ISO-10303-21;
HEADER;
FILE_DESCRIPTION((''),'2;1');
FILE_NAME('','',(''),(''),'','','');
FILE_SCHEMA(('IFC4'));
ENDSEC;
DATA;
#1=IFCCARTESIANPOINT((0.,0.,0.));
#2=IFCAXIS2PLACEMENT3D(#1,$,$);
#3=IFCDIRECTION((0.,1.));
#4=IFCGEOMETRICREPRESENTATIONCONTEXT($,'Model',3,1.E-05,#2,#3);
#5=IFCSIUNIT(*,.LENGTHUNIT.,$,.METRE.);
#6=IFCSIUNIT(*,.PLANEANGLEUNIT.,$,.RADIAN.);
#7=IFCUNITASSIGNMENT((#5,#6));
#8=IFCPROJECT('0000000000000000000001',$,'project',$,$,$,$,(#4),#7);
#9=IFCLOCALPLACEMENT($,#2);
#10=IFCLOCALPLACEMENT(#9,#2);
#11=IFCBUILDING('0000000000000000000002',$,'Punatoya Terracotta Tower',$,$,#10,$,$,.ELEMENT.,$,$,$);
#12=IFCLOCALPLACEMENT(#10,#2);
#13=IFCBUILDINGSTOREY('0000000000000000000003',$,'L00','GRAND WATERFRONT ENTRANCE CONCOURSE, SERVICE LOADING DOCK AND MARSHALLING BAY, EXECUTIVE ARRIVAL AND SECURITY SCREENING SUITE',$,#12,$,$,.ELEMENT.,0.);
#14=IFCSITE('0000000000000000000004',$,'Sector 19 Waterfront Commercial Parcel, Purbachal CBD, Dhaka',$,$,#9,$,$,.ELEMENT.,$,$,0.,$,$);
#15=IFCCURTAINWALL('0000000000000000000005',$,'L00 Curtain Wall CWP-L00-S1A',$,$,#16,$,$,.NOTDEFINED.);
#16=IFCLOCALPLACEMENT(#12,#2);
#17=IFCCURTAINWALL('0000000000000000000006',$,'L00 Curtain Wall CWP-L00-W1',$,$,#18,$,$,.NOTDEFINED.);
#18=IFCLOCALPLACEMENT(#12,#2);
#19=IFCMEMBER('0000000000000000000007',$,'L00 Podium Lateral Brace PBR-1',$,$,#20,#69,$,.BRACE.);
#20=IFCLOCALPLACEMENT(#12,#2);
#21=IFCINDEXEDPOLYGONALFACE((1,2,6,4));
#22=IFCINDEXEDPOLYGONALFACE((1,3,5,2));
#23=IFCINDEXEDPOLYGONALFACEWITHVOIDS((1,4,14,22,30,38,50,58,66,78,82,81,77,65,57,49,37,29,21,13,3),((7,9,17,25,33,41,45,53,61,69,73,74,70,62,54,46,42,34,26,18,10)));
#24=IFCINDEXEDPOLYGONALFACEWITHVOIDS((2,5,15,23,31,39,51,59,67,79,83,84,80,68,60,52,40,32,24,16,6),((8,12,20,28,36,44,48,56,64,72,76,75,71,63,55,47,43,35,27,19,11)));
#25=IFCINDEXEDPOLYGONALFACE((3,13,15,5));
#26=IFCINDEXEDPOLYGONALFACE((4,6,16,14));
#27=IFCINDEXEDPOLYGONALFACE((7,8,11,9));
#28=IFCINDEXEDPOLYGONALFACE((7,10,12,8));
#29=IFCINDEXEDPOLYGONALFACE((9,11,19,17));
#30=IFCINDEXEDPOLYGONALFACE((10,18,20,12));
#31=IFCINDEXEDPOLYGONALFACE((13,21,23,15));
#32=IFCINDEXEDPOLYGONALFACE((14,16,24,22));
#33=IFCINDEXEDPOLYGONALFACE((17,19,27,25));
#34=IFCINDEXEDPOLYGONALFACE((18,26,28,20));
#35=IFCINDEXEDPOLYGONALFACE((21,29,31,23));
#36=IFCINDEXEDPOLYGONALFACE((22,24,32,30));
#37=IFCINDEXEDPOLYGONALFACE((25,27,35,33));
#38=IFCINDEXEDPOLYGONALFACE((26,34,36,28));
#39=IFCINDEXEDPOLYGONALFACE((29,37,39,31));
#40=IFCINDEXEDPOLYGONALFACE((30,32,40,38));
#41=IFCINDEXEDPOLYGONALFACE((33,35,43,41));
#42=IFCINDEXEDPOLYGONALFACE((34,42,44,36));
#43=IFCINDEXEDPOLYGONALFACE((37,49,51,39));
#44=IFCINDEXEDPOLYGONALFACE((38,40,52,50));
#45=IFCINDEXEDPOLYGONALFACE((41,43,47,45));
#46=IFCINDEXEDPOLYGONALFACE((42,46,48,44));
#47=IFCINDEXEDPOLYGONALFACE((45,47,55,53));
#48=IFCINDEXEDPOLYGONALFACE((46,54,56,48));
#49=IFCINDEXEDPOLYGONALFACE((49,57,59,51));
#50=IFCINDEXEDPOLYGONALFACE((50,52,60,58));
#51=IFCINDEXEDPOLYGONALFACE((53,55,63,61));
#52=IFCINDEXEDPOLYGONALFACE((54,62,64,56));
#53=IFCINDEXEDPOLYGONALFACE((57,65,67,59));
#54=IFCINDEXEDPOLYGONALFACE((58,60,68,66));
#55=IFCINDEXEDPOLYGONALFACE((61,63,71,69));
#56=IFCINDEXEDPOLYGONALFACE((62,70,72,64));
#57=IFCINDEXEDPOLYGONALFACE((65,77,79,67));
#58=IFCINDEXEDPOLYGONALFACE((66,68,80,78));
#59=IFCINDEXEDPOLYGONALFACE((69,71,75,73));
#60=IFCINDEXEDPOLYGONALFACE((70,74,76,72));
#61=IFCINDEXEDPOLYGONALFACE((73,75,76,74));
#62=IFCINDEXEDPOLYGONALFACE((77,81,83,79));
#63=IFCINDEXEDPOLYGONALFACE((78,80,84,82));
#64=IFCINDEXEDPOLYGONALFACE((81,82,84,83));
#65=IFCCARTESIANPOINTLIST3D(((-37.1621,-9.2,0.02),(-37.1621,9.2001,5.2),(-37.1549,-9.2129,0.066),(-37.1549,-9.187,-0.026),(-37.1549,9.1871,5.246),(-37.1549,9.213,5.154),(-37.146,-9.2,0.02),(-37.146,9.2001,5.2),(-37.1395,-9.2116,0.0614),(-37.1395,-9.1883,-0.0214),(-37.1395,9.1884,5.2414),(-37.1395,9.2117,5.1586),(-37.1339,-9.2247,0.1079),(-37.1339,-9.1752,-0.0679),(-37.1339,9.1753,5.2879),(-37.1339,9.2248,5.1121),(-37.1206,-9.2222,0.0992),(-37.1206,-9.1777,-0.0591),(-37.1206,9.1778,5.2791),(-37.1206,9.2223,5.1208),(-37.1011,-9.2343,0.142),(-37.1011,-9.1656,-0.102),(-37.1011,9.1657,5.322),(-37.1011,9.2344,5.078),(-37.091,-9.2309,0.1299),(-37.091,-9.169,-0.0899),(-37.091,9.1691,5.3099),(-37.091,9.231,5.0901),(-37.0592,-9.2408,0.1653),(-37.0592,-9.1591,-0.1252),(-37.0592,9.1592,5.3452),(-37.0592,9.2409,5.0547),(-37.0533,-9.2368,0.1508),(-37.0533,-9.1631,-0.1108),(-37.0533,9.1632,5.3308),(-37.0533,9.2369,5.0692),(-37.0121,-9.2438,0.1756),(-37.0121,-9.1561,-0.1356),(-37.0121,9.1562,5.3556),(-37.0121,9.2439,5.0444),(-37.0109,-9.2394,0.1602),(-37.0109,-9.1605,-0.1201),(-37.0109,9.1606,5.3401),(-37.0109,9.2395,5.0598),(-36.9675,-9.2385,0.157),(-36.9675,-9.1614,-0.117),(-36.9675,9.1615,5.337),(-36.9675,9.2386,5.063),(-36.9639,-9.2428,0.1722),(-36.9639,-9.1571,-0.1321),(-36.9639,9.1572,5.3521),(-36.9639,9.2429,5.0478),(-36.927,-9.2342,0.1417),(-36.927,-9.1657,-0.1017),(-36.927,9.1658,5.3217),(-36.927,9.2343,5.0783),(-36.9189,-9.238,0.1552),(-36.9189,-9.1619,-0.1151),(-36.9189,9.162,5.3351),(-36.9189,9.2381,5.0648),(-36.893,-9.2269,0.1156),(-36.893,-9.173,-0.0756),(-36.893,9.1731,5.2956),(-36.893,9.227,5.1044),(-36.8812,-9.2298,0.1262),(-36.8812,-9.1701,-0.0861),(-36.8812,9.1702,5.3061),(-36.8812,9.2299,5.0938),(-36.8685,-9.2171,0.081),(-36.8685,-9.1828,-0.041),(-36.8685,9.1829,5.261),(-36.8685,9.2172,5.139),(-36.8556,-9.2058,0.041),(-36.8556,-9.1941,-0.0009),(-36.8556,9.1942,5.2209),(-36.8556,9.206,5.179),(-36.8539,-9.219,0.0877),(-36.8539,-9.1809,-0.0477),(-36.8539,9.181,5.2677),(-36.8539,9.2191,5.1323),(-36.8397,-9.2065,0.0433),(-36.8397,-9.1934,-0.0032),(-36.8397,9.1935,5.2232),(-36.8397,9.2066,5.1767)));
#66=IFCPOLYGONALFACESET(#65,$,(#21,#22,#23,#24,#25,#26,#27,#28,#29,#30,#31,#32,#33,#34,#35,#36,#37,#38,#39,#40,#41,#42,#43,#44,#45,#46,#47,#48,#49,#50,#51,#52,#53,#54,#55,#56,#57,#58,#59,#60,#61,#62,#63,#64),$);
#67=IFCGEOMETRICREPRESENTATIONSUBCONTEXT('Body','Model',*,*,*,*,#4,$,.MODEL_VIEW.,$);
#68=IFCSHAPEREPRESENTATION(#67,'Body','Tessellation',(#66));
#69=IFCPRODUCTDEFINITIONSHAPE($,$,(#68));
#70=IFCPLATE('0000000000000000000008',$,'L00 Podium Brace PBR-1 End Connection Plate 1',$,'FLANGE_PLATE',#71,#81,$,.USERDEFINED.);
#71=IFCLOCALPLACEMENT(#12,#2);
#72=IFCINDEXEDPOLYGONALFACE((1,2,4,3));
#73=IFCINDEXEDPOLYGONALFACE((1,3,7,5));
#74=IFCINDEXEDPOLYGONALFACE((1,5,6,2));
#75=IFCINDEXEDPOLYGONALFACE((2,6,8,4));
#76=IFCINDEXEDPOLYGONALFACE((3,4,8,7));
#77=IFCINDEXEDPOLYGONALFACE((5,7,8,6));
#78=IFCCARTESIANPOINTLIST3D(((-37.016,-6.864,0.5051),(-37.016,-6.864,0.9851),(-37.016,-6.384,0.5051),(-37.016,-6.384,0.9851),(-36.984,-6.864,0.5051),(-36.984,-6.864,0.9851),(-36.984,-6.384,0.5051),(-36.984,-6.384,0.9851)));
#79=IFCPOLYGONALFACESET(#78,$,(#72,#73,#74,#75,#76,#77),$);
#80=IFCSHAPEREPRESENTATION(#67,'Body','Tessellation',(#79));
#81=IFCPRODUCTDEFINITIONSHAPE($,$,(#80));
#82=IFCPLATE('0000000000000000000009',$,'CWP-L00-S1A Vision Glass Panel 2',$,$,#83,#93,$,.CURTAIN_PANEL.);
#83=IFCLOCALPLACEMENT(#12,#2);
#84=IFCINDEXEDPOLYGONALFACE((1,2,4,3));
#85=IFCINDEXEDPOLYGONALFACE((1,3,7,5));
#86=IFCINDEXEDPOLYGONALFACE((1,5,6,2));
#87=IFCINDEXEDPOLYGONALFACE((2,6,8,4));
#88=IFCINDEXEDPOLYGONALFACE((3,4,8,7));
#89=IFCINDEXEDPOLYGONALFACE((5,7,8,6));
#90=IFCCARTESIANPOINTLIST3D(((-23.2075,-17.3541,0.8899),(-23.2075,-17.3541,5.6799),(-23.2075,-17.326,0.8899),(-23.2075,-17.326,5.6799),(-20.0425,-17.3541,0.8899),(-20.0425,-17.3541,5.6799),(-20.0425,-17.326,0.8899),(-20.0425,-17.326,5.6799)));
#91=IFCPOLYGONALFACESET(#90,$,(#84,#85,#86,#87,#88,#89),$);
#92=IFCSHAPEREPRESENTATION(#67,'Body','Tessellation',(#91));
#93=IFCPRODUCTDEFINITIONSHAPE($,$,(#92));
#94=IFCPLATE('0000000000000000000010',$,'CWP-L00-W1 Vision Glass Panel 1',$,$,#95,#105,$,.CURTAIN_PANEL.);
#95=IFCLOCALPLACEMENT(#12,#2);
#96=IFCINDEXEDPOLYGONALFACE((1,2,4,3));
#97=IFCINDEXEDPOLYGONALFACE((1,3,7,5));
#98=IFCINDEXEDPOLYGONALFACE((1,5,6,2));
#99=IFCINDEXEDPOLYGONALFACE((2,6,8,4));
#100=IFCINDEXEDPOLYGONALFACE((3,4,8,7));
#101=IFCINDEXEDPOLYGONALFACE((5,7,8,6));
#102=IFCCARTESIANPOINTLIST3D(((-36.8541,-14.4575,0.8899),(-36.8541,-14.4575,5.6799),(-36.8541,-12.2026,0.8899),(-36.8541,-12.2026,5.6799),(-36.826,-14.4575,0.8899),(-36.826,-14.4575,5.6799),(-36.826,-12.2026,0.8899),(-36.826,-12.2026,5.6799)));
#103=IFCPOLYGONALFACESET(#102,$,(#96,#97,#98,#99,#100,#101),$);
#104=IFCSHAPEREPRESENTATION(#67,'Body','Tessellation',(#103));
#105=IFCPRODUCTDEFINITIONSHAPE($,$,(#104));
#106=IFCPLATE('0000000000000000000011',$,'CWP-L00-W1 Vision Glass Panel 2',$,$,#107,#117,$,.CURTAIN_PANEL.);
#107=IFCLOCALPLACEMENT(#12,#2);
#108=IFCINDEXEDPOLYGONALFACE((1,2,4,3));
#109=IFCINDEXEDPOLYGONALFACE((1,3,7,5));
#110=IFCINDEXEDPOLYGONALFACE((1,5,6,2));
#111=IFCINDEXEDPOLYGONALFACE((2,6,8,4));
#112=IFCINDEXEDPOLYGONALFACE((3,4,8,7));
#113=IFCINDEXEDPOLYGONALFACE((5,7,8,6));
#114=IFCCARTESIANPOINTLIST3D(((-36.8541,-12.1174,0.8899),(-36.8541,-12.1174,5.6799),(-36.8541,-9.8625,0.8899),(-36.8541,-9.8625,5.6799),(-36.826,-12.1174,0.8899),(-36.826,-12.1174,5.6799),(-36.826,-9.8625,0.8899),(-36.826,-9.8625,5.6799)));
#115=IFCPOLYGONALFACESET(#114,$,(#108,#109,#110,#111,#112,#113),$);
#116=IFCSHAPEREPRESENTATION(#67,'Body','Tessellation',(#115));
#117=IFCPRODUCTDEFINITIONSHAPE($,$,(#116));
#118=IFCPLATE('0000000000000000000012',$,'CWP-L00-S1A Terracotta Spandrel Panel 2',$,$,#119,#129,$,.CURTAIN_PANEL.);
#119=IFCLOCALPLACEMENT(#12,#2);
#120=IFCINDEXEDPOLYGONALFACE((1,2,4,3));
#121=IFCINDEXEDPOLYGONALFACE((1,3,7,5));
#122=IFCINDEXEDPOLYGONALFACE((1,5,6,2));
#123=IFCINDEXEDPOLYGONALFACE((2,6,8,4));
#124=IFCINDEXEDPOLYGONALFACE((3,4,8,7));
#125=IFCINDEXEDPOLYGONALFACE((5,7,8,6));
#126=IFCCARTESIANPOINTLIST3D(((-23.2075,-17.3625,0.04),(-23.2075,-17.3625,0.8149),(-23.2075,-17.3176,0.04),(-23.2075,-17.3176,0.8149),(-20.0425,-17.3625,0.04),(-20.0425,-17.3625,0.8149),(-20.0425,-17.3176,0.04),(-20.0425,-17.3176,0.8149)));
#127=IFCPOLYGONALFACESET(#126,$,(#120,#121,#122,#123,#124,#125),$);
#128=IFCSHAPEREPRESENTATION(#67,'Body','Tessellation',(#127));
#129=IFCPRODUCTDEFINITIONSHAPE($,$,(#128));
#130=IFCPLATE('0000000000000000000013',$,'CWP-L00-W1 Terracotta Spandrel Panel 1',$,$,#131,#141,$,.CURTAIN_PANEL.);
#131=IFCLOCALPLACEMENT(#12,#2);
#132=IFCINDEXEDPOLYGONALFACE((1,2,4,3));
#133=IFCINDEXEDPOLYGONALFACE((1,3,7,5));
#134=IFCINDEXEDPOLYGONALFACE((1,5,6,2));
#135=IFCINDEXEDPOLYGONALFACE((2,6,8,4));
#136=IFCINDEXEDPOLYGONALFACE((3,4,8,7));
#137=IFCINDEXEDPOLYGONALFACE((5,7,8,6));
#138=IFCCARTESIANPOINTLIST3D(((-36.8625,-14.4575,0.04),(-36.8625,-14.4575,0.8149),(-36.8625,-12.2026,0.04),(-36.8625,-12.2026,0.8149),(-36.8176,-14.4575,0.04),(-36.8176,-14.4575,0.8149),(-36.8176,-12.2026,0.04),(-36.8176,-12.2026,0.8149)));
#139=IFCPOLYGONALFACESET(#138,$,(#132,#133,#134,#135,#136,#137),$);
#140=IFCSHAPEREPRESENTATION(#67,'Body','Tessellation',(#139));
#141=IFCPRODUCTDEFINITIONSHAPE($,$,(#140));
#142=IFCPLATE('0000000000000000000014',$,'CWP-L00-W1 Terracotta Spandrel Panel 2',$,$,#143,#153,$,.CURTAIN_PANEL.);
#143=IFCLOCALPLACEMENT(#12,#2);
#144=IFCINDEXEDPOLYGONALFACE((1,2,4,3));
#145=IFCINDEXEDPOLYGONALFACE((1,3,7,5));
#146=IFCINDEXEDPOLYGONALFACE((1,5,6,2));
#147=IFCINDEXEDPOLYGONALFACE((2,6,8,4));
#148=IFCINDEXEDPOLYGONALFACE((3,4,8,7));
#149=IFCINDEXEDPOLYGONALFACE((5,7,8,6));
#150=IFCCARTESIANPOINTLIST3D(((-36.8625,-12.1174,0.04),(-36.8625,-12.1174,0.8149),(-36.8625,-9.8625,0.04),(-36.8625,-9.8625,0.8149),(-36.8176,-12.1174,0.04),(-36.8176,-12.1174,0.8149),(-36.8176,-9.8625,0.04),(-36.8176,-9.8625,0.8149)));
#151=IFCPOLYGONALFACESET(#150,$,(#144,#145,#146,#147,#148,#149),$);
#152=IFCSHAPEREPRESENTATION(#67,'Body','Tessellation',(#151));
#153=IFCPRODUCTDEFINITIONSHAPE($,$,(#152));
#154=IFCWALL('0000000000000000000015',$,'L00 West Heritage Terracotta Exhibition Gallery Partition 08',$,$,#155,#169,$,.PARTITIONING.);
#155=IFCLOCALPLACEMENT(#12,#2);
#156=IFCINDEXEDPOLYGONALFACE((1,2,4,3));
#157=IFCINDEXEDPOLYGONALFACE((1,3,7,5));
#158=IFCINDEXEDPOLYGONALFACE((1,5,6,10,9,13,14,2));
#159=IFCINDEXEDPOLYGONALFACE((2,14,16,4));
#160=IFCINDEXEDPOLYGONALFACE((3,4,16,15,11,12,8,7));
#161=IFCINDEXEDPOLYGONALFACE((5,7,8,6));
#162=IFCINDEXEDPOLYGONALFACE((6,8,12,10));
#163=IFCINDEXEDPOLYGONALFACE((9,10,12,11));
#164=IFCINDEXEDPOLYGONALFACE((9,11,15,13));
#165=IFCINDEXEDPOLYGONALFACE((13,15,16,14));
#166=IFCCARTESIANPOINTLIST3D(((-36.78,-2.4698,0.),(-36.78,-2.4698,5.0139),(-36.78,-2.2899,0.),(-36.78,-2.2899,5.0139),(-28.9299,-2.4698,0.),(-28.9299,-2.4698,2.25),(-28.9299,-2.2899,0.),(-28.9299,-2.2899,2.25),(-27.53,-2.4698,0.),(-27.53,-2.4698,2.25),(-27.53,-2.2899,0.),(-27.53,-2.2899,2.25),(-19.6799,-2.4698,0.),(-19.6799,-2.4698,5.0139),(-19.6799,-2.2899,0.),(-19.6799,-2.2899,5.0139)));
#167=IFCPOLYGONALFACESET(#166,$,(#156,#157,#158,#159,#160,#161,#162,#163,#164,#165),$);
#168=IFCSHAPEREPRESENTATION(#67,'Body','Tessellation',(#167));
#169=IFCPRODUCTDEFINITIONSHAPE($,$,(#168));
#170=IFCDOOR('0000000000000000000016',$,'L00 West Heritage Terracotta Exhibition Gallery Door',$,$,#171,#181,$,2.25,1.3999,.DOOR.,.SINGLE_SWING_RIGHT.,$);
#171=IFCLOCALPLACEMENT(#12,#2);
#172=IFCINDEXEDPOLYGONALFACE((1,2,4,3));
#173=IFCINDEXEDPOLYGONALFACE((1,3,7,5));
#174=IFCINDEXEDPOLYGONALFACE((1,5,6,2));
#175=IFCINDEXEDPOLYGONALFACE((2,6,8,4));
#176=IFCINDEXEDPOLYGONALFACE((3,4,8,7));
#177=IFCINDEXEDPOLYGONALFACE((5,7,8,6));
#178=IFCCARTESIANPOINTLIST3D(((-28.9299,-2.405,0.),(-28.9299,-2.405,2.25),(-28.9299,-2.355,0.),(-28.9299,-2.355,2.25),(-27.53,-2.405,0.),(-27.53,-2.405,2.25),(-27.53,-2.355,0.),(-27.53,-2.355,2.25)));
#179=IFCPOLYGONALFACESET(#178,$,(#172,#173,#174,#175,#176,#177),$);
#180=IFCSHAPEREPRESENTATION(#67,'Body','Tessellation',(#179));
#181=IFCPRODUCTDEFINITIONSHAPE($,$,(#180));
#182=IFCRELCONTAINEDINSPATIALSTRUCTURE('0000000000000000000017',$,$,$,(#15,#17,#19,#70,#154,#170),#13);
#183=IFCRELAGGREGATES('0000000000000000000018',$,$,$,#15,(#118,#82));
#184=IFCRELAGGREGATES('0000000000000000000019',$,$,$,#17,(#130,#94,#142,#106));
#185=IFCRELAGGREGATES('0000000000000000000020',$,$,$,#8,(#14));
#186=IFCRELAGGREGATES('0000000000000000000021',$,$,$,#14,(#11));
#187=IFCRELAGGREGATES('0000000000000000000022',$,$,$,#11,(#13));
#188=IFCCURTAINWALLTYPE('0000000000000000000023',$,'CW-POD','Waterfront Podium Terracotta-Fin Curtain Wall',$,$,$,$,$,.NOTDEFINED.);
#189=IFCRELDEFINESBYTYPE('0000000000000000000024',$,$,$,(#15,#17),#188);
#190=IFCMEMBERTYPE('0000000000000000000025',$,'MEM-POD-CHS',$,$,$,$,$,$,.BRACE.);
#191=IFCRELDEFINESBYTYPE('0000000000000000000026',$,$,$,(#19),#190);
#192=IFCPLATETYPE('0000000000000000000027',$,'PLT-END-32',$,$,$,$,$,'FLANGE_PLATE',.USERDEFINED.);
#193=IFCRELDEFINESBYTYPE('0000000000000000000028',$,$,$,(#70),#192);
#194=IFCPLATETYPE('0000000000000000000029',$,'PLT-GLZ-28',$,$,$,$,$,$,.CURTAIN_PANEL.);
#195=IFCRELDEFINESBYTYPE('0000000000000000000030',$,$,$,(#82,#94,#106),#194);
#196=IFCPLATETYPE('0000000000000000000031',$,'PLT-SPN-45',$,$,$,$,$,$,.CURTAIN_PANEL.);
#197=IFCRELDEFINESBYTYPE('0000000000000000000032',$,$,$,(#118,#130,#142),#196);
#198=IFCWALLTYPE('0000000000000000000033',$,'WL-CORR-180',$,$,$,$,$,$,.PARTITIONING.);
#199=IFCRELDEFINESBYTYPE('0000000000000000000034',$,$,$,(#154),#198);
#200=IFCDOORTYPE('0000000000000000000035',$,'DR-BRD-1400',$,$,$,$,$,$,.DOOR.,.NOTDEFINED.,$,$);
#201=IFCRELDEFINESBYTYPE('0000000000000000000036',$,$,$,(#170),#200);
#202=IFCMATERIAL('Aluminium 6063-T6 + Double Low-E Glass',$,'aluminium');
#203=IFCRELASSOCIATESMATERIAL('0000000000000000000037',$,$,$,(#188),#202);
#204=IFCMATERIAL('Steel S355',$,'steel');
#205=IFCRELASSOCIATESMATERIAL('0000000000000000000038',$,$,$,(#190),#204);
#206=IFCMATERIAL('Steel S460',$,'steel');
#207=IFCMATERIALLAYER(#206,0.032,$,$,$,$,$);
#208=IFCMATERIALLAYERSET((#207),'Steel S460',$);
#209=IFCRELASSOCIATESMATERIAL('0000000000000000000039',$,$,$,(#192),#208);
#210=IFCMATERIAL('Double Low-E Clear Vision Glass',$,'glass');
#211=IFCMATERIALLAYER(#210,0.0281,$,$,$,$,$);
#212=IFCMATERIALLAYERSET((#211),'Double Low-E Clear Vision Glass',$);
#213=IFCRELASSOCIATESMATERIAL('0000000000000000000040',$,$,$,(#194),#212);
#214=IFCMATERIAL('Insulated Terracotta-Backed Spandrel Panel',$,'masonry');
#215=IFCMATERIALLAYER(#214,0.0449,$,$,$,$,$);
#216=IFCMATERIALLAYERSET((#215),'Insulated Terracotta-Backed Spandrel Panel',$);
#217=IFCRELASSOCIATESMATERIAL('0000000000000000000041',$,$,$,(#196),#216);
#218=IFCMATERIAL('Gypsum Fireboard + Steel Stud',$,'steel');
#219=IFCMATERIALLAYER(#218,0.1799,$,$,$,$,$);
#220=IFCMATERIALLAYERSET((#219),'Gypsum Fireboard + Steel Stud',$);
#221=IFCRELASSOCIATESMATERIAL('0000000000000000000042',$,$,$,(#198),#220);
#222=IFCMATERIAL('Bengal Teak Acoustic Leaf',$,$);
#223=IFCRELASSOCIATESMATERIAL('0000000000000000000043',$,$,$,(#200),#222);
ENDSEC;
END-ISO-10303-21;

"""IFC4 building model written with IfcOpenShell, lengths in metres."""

from ifc_helpers import new_model, si_unit, direction, frame, frame_2d, origin, origin_2d, place, context, subcontext, project, spatial, rectangle, hollow_circle, extrude, material, layer, layer_set, material_profile, profile_set, type_object, element, fill, aggregate, save


model = new_model("IFC4")

# Units and contexts
model_context = context("Model", 3, precision=1e-05, world=origin(), true_north=direction((0.0, 1.0)))
body_context = subcontext(model_context, "Body", "Model", "MODEL_VIEW")
ifc_project = project(units=[si_unit("LENGTHUNIT", "METRE"), si_unit("PLANEANGLEUNIT", "RADIAN")], contexts=[model_context])

# Site, building, storey
site_placement = place(None, origin())
site = spatial("IfcSite", under=ifc_project, at=site_placement, Name="Sector 19 Waterfront Commercial Parcel, Purbachal CBD, Dhaka", CompositionType="ELEMENT", RefElevation=0.0)
building_placement = place(site_placement, origin())
building = spatial("IfcBuilding", under=site, at=building_placement, Name="Punatoya Terracotta Tower", CompositionType="ELEMENT")
storey_placement = place(building_placement, origin())
storey = spatial("IfcBuildingStorey", under=building, at=storey_placement, Name="L00", Description="GRAND WATERFRONT ENTRANCE CONCOURSE, SERVICE LOADING DOCK AND MARSHALLING BAY, EXECUTIVE ARRIVAL AND SECURITY SCREENING SUITE", CompositionType="ELEMENT", Elevation=0.0)

# Shared definitions
ifc_material_1 = material(Name="Steel S460", Category="steel")

# Shared definitions
ifc_material_2 = material(Name="Steel S355", Category="steel")

# Curtain walls
ifc_material_3 = material(Name="Aluminium 6063-T6 + Double Low-E Glass", Category="aluminium")
curtain_wall_type = type_object("IfcCurtainWallType", Name="CW-POD", Description="Waterfront Podium Terracotta-Fin Curtain Wall", PredefinedType="NOTDEFINED", material=ifc_material_3)
curtain_wall_1_placement = place(storey_placement, origin())
curtain_wall_1 = element("IfcCurtainWall", 1, at=curtain_wall_1_placement, inside=storey, type_object=curtain_wall_type, Name="L00 Curtain Wall CWP-L00-S1A", PredefinedType="NOTDEFINED")
curtain_wall_2_placement = place(storey_placement, origin())
curtain_wall_2 = element("IfcCurtainWall", 2, at=curtain_wall_2_placement, inside=storey, type_object=curtain_wall_type, Name="L00 Curtain Wall CWP-L00-W1", PredefinedType="NOTDEFINED")

# Member
ifc_material_profile_1 = material_profile(ifc_material_2, hollow_circle(Radius=0.1621, WallThickness=0.0161, at=origin_2d()))
ifc_profile_set_1 = profile_set([ifc_material_profile_1], Name="Steel S355")
member_type_1 = type_object("IfcMemberType", Name="MEM-POD-CHS", PredefinedType="BRACE", material=ifc_profile_set_1)
member_1_placement = place(storey_placement, frame((-37.0, -9.2, 0.02), z_axis=(0.0, 0.962583, 0.270986), x_axis=(-1.0, 0.0, 0.0)))
element("IfcMember", 3, at=member_1_placement, inside=storey, type_object=member_type_1, Name="L00 Podium Lateral Brace PBR-1", PredefinedType="BRACE", context=body_context, shape_type="SweptSolid", body=[
    extrude(hollow_circle(Radius=0.1621, WallThickness=0.0161, at=origin_2d()), origin(), (0.0, 0.0, 1.0), 19.1152),
])

# Plates
ifc_layer_1 = layer(ifc_material_1, 0.032)
ifc_layer_set_1 = layer_set([ifc_layer_1], Name="Steel S460")
plate_type_1 = type_object("IfcPlateType", Name="PLT-END-32", ElementType="FLANGE_PLATE", PredefinedType="USERDEFINED", material=ifc_layer_set_1)
plate_1_placement = place(storey_placement, frame((-37.0, -6.624, 0.5051), z_axis=(0.0, 0.0, 1.0), x_axis=(1.0, 0.0, 0.0)))
element("IfcPlate", 4, at=plate_1_placement, inside=storey, type_object=plate_type_1, Name="L00 Podium Brace PBR-1 End Connection Plate 1", ObjectType="FLANGE_PLATE", PredefinedType="USERDEFINED", context=body_context, shape_type="SweptSolid", body=[
    extrude(rectangle(XDim=0.032, YDim=0.48, at=origin_2d()), origin(), (0.0, 0.0, 1.0), 0.48),
])
ifc_material_4 = material(Name="Double Low-E Clear Vision Glass", Category="glass")
ifc_layer_2 = layer(ifc_material_4, 0.0281)
ifc_layer_set_2 = layer_set([ifc_layer_2], Name="Double Low-E Clear Vision Glass")
plate_type_2 = type_object("IfcPlateType", Name="PLT-GLZ-28", PredefinedType="CURTAIN_PANEL", material=ifc_layer_set_2)
plate_2_placement = place(storey_placement, frame((-21.625, -17.3401, 0.8899), z_axis=(0.0, 0.0, 1.0), x_axis=(1.0, 0.0, 0.0)))
plate_2 = element("IfcPlate", 5, at=plate_2_placement, type_object=plate_type_2, Name="CWP-L00-S1A Vision Glass Panel 2", PredefinedType="CURTAIN_PANEL", context=body_context, shape_type="SweptSolid", body=[
    extrude(rectangle(XDim=3.165, YDim=0.0281, at=origin_2d()), origin(), (0.0, 0.0, 1.0), 4.79),
])
plate_3_placement = place(storey_placement, frame((-36.8401, -13.3301, 0.8899), z_axis=(0.0, 0.0, 1.0), x_axis=(0.0, 1.0, 0.0)))
plate_3 = element("IfcPlate", 6, at=plate_3_placement, type_object=plate_type_2, Name="CWP-L00-W1 Vision Glass Panel 1", PredefinedType="CURTAIN_PANEL", context=body_context, shape_type="SweptSolid", body=[
    extrude(rectangle(XDim=2.2549, YDim=0.0281, at=origin_2d()), origin(), (0.0, 0.0, 1.0), 4.79),
])
plate_4_placement = place(storey_placement, frame((-36.8401, -10.99, 0.8899), z_axis=(0.0, 0.0, 1.0), x_axis=(0.0, 1.0, 0.0)))
plate_4 = element("IfcPlate", 7, at=plate_4_placement, type_object=plate_type_2, Name="CWP-L00-W1 Vision Glass Panel 2", PredefinedType="CURTAIN_PANEL", context=body_context, shape_type="SweptSolid", body=[
    extrude(rectangle(XDim=2.2549, YDim=0.0281, at=origin_2d()), origin(), (0.0, 0.0, 1.0), 4.79),
])
ifc_material_5 = material(Name="Insulated Terracotta-Backed Spandrel Panel", Category="masonry")
ifc_layer_3 = layer(ifc_material_5, 0.0449)
ifc_layer_set_3 = layer_set([ifc_layer_3], Name="Insulated Terracotta-Backed Spandrel Panel")
plate_type_3 = type_object("IfcPlateType", Name="PLT-SPN-45", PredefinedType="CURTAIN_PANEL", material=ifc_layer_set_3)
plate_5_placement = place(storey_placement, frame((-21.625, -17.3401, 0.04), z_axis=(0.0, 0.0, 1.0), x_axis=(1.0, 0.0, 0.0)))
plate_5 = element("IfcPlate", 8, at=plate_5_placement, type_object=plate_type_3, Name="CWP-L00-S1A Terracotta Spandrel Panel 2", PredefinedType="CURTAIN_PANEL", context=body_context, shape_type="SweptSolid", body=[
    extrude(rectangle(XDim=3.165, YDim=0.0449, at=origin_2d()), origin(), (0.0, 0.0, 1.0), 0.7749),
])
aggregate(curtain_wall_1, [plate_5, plate_2])
plate_6_placement = place(storey_placement, frame((-36.8401, -13.3301, 0.04), z_axis=(0.0, 0.0, 1.0), x_axis=(0.0, 1.0, 0.0)))
plate_6 = element("IfcPlate", 9, at=plate_6_placement, type_object=plate_type_3, Name="CWP-L00-W1 Terracotta Spandrel Panel 1", PredefinedType="CURTAIN_PANEL", context=body_context, shape_type="SweptSolid", body=[
    extrude(rectangle(XDim=2.2549, YDim=0.0449, at=origin_2d()), origin(), (0.0, 0.0, 1.0), 0.7749),
])
plate_7_placement = place(storey_placement, frame((-36.8401, -10.99, 0.04), z_axis=(0.0, 0.0, 1.0), x_axis=(0.0, 1.0, 0.0)))
plate_7 = element("IfcPlate", 10, at=plate_7_placement, type_object=plate_type_3, Name="CWP-L00-W1 Terracotta Spandrel Panel 2", PredefinedType="CURTAIN_PANEL", context=body_context, shape_type="SweptSolid", body=[
    extrude(rectangle(XDim=2.2549, YDim=0.0449, at=origin_2d()), origin(), (0.0, 0.0, 1.0), 0.7749),
])
aggregate(curtain_wall_2, [plate_6, plate_3, plate_7, plate_4])

# Wall, opening, door
ifc_material_6 = material(Name="Gypsum Fireboard + Steel Stud", Category="steel")
ifc_layer_4 = layer(ifc_material_6, 0.1799)
ifc_layer_set_4 = layer_set([ifc_layer_4], Name="Gypsum Fireboard + Steel Stud")
wall_type_1 = type_object("IfcWallType", Name="WL-CORR-180", PredefinedType="PARTITIONING", material=ifc_layer_set_4)
wall_1_placement = place(storey_placement, frame((-36.78, -2.3799, 0.0), z_axis=(0.0, 0.0, 1.0), x_axis=(1.0, 0.0, 0.0)))
wall_1 = element("IfcWall", 11, at=wall_1_placement, inside=storey, type_object=wall_type_1, Name="L00 West Heritage Terracotta Exhibition Gallery Partition 08", PredefinedType="PARTITIONING", context=body_context, shape_type="SweptSolid", body=[
    extrude(rectangle(XDim=17.1001, YDim=0.1799, at=frame_2d((8.55, 0.0))), origin(), (0.0, 0.0, 1.0), 5.0139),
])
opening_placement = place(wall_1_placement, frame((7.8501, 0.0, 0.0)))
opening = element("IfcOpeningElement", 12, at=opening_placement, cuts=wall_1, PredefinedType="OPENING", context=body_context, shape_type="SweptSolid", body=[
    extrude(rectangle(XDim=1.3999, YDim=2.25, at=frame_2d((0.7, 1.125))), frame((0.0, 0.0999, 0.0), z_axis=(0.0, -1.0, 0.0), x_axis=(1.0, 0.0, 0.0)), (0.0, 0.0, 1.0), 0.2),
])
ifc_material_7 = material(Name="Bengal Teak Acoustic Leaf")
door_type = type_object("IfcDoorType", Name="DR-BRD-1400", OperationType="NOTDEFINED", PredefinedType="DOOR", material=ifc_material_7)
door_placement = place(opening_placement, origin())
door = element("IfcDoor", 13, at=door_placement, inside=storey, type_object=door_type, Name="L00 West Heritage Terracotta Exhibition Gallery Door", OperationType="SINGLE_SWING_RIGHT", OverallHeight=2.25, OverallWidth=1.3999, PredefinedType="DOOR", context=body_context, shape_type="SweptSolid", body=[
    extrude(rectangle(XDim=1.3999, YDim=2.25, at=frame_2d((0.7, 1.125))), frame((0.0, 0.0249, 0.0), z_axis=(0.0, -1.0, 0.0), x_axis=(1.0, 0.0, 0.0)), (0.0, 0.0, 1.0), 0.05),
])
fill(opening, door)

save(model, "model.ifc")
